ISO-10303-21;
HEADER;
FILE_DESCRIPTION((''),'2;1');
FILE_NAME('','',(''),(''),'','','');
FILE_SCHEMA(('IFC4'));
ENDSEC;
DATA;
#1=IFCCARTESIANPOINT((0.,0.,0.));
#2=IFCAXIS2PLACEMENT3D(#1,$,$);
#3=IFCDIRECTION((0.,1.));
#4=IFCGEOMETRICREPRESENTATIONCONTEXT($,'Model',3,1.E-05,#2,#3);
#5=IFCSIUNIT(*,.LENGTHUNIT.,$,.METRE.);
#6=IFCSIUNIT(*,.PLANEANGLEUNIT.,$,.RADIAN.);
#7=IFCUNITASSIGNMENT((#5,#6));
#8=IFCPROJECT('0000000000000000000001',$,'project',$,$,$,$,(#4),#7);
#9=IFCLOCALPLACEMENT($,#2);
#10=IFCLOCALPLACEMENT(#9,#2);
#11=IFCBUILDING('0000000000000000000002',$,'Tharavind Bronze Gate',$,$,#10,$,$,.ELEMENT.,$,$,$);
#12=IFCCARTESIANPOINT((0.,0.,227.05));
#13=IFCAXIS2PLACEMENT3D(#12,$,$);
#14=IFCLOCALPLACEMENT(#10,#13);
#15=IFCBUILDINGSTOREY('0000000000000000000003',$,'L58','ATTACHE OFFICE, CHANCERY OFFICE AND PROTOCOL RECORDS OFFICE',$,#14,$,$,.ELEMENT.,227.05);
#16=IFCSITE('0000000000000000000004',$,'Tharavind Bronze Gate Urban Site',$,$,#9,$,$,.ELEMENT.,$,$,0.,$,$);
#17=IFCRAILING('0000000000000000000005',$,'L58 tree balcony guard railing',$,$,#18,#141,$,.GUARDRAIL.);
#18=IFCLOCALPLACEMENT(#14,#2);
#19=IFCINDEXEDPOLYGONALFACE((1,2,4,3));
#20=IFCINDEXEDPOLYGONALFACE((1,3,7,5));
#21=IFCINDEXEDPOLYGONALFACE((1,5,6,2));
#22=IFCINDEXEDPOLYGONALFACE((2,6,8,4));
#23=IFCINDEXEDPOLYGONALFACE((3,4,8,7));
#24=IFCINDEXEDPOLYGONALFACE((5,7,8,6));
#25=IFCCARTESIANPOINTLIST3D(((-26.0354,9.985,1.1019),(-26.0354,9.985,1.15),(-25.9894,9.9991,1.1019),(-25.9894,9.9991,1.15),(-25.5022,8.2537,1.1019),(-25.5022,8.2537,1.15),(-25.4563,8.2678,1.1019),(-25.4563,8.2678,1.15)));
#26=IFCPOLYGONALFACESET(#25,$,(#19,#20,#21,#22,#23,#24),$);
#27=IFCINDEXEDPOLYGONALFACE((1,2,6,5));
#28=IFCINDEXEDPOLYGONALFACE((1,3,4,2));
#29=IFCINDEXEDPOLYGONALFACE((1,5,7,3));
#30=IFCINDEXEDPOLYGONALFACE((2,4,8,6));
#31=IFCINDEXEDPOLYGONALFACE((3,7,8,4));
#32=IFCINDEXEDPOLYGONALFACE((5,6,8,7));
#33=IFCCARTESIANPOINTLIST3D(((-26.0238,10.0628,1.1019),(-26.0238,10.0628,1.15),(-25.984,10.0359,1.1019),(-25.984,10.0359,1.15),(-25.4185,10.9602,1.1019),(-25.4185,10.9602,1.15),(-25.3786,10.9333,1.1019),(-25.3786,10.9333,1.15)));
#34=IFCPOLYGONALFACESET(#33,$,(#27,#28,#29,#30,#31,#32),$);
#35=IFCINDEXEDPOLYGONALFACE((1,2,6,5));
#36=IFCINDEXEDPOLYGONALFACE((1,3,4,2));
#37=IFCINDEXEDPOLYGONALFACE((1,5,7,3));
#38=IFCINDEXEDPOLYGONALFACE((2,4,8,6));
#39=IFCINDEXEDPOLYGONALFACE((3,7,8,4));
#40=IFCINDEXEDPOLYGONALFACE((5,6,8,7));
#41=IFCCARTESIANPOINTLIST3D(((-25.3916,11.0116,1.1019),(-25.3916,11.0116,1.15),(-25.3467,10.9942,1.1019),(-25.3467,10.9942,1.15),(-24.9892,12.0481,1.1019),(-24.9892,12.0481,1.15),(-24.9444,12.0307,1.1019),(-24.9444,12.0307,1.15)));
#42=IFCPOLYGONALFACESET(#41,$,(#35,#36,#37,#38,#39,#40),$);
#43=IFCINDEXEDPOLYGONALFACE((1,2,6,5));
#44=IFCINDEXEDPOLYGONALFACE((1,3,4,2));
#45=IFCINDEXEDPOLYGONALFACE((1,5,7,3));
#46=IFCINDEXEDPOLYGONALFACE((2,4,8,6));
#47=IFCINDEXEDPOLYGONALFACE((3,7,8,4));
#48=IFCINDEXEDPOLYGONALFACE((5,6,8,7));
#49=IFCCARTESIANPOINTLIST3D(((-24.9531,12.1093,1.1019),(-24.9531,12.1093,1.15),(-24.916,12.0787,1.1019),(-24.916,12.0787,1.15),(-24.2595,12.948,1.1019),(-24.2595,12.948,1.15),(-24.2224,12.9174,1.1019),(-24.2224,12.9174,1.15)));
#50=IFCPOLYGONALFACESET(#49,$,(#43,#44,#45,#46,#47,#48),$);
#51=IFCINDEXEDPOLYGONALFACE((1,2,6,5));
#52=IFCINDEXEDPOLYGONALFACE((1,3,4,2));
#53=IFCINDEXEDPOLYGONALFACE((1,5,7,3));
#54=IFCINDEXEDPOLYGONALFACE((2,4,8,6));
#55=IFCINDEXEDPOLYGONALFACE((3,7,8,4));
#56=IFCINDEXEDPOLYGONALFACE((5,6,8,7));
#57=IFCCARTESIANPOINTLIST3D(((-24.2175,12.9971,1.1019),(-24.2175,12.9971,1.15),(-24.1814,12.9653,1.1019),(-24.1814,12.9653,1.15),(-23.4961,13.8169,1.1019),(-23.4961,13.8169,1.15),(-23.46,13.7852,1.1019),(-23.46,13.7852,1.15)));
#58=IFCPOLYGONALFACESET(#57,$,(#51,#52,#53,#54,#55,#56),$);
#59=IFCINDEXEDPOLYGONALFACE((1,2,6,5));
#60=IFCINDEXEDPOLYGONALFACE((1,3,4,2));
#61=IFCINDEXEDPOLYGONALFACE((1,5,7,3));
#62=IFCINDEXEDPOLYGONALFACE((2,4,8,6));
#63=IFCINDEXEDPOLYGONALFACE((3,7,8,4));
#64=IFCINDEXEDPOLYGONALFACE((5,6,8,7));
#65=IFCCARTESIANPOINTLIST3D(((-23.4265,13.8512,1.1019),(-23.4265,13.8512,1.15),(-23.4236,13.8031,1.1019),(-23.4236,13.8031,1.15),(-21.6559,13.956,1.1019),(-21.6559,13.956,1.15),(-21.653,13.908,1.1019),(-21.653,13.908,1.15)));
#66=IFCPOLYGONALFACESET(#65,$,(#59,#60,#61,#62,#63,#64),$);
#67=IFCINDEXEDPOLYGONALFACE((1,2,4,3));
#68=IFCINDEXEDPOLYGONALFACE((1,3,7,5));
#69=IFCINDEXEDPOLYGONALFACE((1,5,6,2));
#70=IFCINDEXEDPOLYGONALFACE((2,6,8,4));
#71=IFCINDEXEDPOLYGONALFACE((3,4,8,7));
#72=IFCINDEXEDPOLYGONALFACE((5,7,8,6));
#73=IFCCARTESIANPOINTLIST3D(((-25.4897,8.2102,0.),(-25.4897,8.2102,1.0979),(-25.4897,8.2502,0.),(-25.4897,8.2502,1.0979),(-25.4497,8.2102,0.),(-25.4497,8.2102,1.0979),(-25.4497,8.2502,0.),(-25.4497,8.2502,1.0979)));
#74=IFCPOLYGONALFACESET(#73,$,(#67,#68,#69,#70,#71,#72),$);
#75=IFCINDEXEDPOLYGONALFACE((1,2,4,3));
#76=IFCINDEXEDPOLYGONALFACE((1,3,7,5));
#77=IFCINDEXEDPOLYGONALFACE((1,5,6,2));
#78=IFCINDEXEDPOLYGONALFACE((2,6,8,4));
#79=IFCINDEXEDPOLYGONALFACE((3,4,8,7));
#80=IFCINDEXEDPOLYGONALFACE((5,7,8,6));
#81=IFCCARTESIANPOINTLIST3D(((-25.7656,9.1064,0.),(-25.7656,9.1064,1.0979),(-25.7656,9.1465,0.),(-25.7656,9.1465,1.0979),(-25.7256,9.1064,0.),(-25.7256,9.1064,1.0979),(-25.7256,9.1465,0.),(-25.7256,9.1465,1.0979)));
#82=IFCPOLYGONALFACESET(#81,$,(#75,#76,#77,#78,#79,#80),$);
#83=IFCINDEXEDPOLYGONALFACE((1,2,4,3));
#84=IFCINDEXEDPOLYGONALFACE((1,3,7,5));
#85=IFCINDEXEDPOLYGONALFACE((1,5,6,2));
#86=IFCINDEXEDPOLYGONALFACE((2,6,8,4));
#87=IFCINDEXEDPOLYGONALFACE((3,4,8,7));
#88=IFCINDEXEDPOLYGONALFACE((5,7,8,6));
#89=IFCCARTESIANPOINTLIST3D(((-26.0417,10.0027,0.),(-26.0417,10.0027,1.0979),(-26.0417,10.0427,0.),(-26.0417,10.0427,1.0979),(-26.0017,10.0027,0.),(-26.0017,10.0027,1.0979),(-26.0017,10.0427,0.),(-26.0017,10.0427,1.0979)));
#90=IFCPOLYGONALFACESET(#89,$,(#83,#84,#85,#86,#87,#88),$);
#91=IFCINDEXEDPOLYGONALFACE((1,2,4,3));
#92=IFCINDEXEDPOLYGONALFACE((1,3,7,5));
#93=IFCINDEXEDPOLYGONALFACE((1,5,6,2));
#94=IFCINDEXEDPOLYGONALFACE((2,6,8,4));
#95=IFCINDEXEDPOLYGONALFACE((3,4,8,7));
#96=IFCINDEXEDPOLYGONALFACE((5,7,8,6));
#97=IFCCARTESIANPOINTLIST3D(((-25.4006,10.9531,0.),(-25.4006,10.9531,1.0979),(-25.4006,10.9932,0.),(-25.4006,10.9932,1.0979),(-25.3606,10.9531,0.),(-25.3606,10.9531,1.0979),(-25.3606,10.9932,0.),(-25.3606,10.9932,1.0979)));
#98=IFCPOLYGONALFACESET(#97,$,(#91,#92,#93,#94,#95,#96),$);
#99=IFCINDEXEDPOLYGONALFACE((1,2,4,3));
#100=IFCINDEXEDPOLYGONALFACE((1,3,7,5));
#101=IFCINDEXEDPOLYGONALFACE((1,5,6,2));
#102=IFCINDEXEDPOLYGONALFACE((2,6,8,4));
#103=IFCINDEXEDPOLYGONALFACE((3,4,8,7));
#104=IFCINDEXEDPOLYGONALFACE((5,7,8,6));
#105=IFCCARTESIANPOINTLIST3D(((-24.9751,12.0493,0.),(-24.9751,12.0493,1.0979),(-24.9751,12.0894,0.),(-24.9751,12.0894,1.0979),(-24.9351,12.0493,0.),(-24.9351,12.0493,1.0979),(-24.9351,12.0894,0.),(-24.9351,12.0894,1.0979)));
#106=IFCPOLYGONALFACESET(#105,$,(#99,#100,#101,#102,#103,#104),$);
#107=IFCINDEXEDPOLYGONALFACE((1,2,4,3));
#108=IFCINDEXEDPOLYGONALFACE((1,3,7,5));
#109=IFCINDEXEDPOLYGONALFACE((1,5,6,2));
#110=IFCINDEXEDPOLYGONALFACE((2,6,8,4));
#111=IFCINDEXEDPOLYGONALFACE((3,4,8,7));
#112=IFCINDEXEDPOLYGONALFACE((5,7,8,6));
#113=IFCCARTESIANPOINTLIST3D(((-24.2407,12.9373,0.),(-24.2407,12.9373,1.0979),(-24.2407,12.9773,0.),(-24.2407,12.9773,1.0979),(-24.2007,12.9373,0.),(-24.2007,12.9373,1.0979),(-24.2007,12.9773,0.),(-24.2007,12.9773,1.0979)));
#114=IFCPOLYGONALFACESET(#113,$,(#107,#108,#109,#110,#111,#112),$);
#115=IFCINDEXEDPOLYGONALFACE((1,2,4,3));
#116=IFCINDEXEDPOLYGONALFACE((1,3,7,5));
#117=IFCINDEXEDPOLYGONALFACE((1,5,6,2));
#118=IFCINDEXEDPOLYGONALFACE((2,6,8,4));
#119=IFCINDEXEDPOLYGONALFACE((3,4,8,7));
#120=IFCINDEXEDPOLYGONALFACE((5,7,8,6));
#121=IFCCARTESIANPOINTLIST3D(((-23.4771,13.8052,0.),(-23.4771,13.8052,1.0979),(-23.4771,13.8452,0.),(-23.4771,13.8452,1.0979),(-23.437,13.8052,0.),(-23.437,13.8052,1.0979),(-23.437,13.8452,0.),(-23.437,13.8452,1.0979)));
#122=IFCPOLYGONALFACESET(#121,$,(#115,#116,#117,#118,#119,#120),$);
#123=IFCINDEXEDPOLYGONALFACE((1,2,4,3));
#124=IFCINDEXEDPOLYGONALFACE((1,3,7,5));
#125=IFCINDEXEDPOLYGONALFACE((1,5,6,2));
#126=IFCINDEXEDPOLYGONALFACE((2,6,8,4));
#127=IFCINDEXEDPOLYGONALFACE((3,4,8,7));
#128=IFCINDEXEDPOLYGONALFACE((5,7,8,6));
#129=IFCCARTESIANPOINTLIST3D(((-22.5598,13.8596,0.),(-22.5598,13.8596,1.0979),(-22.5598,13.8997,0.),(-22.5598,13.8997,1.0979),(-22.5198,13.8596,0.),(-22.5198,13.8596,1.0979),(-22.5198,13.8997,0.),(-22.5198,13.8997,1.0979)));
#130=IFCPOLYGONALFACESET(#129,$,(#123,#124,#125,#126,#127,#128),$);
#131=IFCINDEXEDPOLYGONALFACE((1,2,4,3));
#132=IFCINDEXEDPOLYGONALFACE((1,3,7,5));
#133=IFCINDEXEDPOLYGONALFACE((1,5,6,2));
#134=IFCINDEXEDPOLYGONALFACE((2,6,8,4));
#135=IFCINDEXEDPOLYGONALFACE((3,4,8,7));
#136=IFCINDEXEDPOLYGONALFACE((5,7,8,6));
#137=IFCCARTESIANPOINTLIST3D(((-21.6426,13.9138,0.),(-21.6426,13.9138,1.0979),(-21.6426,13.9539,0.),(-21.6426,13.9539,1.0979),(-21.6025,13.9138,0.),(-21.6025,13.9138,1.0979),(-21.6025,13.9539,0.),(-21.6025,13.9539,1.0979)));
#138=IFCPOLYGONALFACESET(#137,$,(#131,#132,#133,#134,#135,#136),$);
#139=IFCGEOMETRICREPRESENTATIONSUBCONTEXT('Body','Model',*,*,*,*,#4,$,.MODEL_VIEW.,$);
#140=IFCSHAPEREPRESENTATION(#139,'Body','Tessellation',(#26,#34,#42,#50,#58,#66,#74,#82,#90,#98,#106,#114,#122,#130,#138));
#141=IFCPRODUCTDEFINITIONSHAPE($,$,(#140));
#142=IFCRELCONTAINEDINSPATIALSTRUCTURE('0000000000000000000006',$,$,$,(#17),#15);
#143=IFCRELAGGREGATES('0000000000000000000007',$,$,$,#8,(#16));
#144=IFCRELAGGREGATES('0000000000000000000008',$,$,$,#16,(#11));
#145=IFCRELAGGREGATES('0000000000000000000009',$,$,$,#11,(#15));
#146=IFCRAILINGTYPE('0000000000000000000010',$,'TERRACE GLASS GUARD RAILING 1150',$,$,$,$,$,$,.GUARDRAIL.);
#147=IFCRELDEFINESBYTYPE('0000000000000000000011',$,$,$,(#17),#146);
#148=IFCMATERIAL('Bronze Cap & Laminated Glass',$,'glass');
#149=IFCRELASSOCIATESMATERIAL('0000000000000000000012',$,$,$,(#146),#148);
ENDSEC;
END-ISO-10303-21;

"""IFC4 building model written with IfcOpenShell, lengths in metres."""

from ifc_helpers import new_model, si_unit, direction, frame, origin, origin_2d, place, context, subcontext, project, spatial, rectangle, extrude, material, type_object, element, save


model = new_model("IFC4")

# Units and contexts
model_context = context("Model", 3, precision=1e-05, world=origin(), true_north=direction((0.0, 1.0)))
body_context = subcontext(model_context, "Body", "Model", "MODEL_VIEW")
ifc_project = project(units=[si_unit("LENGTHUNIT", "METRE"), si_unit("PLANEANGLEUNIT", "RADIAN")], contexts=[model_context])

# Site, building, storey
site_placement = place(None, origin())
site = spatial("IfcSite", under=ifc_project, at=site_placement, Name="Tharavind Bronze Gate Urban Site", CompositionType="ELEMENT", RefElevation=0.0)
building_placement = place(site_placement, origin())
building = spatial("IfcBuilding", under=site, at=building_placement, Name="Tharavind Bronze Gate", CompositionType="ELEMENT")
storey_placement = place(building_placement, frame((0.0, 0.0, 227.05)))
storey = spatial("IfcBuildingStorey", under=building, at=storey_placement, Name="L58", Description="ATTACHE OFFICE, CHANCERY OFFICE AND PROTOCOL RECORDS OFFICE", CompositionType="ELEMENT", Elevation=227.05)

# Railing
ifc_material_1 = material(Name="Bronze Cap & Laminated Glass", Category="glass")
railing_type = type_object("IfcRailingType", Name="TERRACE GLASS GUARD RAILING 1150", PredefinedType="GUARDRAIL", material=ifc_material_1)
railing_placement = place(storey_placement, frame((-25.4697, 8.2302, 0.0)))
element("IfcRailing", 1, at=railing_placement, inside=storey, type_object=railing_type, Name="L58 tree balcony guard railing", PredefinedType="GUARDRAIL", context=body_context, shape_type="SweptSolid", body=[
    extrude(rectangle(XDim=0.0481, YDim=0.0481, at=origin_2d()), frame((-0.0095, 0.0305, 1.126), z_axis=(-0.294315, 0.955709, 0.0), x_axis=(-0.955709, -0.294315, 0.0)), (0.0, 0.0, 1.0), 1.8115),
    extrude(rectangle(XDim=0.0481, YDim=0.0481, at=origin_2d()), frame((-0.5342, 1.8191, 1.126), z_axis=(0.559213, 0.829024, 0.0), x_axis=(-0.829024, 0.559213, 0.0)), (0.0, 0.0, 1.0), 1.0825),
    extrude(rectangle(XDim=0.0481, YDim=0.0481, at=origin_2d()), frame((0.1006, 2.7727, 1.126), z_axis=(0.361885, 0.932223, 0.0), x_axis=(-0.932223, 0.361885, 0.0)), (0.0, 0.0, 1.0), 1.1118),
    extrude(rectangle(XDim=0.0481, YDim=0.0481, at=origin_2d()), frame((0.5352, 3.8638, 1.126), z_axis=(0.637325, 0.770595, 0.0), x_axis=(-0.770595, 0.637325, 0.0)), (0.0, 0.0, 1.0), 1.0884),
    extrude(rectangle(XDim=0.0481, YDim=0.0481, at=origin_2d()), frame((1.2703, 4.751, 1.126), z_axis=(0.66058, 0.750755, 0.0), x_axis=(-0.750755, 0.66058, 0.0)), (0.0, 0.0, 1.0), 1.092),
    extrude(rectangle(XDim=0.0481, YDim=0.0481, at=origin_2d()), frame((2.0447, 5.5969, 1.126), z_axis=(0.998251, 0.059119, 0.0), x_axis=(-0.059119, 0.998251, 0.0)), (0.0, 0.0, 1.0), 1.7737),
    extrude(rectangle(XDim=0.04, YDim=0.04, at=origin_2d()), origin(), (0.0, 0.0, 1.0), 1.0979),
    extrude(rectangle(XDim=0.04, YDim=0.04, at=origin_2d()), frame((-0.2759, 0.8962, 0.0)), (0.0, 0.0, 1.0), 1.0979),
    extrude(rectangle(XDim=0.04, YDim=0.04, at=origin_2d()), frame((-0.552, 1.7925, 0.0)), (0.0, 0.0, 1.0), 1.0979),
    extrude(rectangle(XDim=0.04, YDim=0.04, at=origin_2d()), frame((0.0891, 2.7429, 0.0)), (0.0, 0.0, 1.0), 1.0979),
    extrude(rectangle(XDim=0.04, YDim=0.04, at=origin_2d()), frame((0.5146, 3.8391, 0.0)), (0.0, 0.0, 1.0), 1.0979),
    extrude(rectangle(XDim=0.04, YDim=0.04, at=origin_2d()), frame((1.249, 4.7271, 0.0)), (0.0, 0.0, 1.0), 1.0979),
    extrude(rectangle(XDim=0.04, YDim=0.04, at=origin_2d()), frame((2.0127, 5.595, 0.0)), (0.0, 0.0, 1.0), 1.0979),
    extrude(rectangle(XDim=0.04, YDim=0.04, at=origin_2d()), frame((2.9299, 5.6494, 0.0)), (0.0, 0.0, 1.0), 1.0979),
    extrude(rectangle(XDim=0.04, YDim=0.04, at=origin_2d()), frame((3.8472, 5.7036, 0.0)), (0.0, 0.0, 1.0), 1.0979),
])

save(model, "model.ifc")
